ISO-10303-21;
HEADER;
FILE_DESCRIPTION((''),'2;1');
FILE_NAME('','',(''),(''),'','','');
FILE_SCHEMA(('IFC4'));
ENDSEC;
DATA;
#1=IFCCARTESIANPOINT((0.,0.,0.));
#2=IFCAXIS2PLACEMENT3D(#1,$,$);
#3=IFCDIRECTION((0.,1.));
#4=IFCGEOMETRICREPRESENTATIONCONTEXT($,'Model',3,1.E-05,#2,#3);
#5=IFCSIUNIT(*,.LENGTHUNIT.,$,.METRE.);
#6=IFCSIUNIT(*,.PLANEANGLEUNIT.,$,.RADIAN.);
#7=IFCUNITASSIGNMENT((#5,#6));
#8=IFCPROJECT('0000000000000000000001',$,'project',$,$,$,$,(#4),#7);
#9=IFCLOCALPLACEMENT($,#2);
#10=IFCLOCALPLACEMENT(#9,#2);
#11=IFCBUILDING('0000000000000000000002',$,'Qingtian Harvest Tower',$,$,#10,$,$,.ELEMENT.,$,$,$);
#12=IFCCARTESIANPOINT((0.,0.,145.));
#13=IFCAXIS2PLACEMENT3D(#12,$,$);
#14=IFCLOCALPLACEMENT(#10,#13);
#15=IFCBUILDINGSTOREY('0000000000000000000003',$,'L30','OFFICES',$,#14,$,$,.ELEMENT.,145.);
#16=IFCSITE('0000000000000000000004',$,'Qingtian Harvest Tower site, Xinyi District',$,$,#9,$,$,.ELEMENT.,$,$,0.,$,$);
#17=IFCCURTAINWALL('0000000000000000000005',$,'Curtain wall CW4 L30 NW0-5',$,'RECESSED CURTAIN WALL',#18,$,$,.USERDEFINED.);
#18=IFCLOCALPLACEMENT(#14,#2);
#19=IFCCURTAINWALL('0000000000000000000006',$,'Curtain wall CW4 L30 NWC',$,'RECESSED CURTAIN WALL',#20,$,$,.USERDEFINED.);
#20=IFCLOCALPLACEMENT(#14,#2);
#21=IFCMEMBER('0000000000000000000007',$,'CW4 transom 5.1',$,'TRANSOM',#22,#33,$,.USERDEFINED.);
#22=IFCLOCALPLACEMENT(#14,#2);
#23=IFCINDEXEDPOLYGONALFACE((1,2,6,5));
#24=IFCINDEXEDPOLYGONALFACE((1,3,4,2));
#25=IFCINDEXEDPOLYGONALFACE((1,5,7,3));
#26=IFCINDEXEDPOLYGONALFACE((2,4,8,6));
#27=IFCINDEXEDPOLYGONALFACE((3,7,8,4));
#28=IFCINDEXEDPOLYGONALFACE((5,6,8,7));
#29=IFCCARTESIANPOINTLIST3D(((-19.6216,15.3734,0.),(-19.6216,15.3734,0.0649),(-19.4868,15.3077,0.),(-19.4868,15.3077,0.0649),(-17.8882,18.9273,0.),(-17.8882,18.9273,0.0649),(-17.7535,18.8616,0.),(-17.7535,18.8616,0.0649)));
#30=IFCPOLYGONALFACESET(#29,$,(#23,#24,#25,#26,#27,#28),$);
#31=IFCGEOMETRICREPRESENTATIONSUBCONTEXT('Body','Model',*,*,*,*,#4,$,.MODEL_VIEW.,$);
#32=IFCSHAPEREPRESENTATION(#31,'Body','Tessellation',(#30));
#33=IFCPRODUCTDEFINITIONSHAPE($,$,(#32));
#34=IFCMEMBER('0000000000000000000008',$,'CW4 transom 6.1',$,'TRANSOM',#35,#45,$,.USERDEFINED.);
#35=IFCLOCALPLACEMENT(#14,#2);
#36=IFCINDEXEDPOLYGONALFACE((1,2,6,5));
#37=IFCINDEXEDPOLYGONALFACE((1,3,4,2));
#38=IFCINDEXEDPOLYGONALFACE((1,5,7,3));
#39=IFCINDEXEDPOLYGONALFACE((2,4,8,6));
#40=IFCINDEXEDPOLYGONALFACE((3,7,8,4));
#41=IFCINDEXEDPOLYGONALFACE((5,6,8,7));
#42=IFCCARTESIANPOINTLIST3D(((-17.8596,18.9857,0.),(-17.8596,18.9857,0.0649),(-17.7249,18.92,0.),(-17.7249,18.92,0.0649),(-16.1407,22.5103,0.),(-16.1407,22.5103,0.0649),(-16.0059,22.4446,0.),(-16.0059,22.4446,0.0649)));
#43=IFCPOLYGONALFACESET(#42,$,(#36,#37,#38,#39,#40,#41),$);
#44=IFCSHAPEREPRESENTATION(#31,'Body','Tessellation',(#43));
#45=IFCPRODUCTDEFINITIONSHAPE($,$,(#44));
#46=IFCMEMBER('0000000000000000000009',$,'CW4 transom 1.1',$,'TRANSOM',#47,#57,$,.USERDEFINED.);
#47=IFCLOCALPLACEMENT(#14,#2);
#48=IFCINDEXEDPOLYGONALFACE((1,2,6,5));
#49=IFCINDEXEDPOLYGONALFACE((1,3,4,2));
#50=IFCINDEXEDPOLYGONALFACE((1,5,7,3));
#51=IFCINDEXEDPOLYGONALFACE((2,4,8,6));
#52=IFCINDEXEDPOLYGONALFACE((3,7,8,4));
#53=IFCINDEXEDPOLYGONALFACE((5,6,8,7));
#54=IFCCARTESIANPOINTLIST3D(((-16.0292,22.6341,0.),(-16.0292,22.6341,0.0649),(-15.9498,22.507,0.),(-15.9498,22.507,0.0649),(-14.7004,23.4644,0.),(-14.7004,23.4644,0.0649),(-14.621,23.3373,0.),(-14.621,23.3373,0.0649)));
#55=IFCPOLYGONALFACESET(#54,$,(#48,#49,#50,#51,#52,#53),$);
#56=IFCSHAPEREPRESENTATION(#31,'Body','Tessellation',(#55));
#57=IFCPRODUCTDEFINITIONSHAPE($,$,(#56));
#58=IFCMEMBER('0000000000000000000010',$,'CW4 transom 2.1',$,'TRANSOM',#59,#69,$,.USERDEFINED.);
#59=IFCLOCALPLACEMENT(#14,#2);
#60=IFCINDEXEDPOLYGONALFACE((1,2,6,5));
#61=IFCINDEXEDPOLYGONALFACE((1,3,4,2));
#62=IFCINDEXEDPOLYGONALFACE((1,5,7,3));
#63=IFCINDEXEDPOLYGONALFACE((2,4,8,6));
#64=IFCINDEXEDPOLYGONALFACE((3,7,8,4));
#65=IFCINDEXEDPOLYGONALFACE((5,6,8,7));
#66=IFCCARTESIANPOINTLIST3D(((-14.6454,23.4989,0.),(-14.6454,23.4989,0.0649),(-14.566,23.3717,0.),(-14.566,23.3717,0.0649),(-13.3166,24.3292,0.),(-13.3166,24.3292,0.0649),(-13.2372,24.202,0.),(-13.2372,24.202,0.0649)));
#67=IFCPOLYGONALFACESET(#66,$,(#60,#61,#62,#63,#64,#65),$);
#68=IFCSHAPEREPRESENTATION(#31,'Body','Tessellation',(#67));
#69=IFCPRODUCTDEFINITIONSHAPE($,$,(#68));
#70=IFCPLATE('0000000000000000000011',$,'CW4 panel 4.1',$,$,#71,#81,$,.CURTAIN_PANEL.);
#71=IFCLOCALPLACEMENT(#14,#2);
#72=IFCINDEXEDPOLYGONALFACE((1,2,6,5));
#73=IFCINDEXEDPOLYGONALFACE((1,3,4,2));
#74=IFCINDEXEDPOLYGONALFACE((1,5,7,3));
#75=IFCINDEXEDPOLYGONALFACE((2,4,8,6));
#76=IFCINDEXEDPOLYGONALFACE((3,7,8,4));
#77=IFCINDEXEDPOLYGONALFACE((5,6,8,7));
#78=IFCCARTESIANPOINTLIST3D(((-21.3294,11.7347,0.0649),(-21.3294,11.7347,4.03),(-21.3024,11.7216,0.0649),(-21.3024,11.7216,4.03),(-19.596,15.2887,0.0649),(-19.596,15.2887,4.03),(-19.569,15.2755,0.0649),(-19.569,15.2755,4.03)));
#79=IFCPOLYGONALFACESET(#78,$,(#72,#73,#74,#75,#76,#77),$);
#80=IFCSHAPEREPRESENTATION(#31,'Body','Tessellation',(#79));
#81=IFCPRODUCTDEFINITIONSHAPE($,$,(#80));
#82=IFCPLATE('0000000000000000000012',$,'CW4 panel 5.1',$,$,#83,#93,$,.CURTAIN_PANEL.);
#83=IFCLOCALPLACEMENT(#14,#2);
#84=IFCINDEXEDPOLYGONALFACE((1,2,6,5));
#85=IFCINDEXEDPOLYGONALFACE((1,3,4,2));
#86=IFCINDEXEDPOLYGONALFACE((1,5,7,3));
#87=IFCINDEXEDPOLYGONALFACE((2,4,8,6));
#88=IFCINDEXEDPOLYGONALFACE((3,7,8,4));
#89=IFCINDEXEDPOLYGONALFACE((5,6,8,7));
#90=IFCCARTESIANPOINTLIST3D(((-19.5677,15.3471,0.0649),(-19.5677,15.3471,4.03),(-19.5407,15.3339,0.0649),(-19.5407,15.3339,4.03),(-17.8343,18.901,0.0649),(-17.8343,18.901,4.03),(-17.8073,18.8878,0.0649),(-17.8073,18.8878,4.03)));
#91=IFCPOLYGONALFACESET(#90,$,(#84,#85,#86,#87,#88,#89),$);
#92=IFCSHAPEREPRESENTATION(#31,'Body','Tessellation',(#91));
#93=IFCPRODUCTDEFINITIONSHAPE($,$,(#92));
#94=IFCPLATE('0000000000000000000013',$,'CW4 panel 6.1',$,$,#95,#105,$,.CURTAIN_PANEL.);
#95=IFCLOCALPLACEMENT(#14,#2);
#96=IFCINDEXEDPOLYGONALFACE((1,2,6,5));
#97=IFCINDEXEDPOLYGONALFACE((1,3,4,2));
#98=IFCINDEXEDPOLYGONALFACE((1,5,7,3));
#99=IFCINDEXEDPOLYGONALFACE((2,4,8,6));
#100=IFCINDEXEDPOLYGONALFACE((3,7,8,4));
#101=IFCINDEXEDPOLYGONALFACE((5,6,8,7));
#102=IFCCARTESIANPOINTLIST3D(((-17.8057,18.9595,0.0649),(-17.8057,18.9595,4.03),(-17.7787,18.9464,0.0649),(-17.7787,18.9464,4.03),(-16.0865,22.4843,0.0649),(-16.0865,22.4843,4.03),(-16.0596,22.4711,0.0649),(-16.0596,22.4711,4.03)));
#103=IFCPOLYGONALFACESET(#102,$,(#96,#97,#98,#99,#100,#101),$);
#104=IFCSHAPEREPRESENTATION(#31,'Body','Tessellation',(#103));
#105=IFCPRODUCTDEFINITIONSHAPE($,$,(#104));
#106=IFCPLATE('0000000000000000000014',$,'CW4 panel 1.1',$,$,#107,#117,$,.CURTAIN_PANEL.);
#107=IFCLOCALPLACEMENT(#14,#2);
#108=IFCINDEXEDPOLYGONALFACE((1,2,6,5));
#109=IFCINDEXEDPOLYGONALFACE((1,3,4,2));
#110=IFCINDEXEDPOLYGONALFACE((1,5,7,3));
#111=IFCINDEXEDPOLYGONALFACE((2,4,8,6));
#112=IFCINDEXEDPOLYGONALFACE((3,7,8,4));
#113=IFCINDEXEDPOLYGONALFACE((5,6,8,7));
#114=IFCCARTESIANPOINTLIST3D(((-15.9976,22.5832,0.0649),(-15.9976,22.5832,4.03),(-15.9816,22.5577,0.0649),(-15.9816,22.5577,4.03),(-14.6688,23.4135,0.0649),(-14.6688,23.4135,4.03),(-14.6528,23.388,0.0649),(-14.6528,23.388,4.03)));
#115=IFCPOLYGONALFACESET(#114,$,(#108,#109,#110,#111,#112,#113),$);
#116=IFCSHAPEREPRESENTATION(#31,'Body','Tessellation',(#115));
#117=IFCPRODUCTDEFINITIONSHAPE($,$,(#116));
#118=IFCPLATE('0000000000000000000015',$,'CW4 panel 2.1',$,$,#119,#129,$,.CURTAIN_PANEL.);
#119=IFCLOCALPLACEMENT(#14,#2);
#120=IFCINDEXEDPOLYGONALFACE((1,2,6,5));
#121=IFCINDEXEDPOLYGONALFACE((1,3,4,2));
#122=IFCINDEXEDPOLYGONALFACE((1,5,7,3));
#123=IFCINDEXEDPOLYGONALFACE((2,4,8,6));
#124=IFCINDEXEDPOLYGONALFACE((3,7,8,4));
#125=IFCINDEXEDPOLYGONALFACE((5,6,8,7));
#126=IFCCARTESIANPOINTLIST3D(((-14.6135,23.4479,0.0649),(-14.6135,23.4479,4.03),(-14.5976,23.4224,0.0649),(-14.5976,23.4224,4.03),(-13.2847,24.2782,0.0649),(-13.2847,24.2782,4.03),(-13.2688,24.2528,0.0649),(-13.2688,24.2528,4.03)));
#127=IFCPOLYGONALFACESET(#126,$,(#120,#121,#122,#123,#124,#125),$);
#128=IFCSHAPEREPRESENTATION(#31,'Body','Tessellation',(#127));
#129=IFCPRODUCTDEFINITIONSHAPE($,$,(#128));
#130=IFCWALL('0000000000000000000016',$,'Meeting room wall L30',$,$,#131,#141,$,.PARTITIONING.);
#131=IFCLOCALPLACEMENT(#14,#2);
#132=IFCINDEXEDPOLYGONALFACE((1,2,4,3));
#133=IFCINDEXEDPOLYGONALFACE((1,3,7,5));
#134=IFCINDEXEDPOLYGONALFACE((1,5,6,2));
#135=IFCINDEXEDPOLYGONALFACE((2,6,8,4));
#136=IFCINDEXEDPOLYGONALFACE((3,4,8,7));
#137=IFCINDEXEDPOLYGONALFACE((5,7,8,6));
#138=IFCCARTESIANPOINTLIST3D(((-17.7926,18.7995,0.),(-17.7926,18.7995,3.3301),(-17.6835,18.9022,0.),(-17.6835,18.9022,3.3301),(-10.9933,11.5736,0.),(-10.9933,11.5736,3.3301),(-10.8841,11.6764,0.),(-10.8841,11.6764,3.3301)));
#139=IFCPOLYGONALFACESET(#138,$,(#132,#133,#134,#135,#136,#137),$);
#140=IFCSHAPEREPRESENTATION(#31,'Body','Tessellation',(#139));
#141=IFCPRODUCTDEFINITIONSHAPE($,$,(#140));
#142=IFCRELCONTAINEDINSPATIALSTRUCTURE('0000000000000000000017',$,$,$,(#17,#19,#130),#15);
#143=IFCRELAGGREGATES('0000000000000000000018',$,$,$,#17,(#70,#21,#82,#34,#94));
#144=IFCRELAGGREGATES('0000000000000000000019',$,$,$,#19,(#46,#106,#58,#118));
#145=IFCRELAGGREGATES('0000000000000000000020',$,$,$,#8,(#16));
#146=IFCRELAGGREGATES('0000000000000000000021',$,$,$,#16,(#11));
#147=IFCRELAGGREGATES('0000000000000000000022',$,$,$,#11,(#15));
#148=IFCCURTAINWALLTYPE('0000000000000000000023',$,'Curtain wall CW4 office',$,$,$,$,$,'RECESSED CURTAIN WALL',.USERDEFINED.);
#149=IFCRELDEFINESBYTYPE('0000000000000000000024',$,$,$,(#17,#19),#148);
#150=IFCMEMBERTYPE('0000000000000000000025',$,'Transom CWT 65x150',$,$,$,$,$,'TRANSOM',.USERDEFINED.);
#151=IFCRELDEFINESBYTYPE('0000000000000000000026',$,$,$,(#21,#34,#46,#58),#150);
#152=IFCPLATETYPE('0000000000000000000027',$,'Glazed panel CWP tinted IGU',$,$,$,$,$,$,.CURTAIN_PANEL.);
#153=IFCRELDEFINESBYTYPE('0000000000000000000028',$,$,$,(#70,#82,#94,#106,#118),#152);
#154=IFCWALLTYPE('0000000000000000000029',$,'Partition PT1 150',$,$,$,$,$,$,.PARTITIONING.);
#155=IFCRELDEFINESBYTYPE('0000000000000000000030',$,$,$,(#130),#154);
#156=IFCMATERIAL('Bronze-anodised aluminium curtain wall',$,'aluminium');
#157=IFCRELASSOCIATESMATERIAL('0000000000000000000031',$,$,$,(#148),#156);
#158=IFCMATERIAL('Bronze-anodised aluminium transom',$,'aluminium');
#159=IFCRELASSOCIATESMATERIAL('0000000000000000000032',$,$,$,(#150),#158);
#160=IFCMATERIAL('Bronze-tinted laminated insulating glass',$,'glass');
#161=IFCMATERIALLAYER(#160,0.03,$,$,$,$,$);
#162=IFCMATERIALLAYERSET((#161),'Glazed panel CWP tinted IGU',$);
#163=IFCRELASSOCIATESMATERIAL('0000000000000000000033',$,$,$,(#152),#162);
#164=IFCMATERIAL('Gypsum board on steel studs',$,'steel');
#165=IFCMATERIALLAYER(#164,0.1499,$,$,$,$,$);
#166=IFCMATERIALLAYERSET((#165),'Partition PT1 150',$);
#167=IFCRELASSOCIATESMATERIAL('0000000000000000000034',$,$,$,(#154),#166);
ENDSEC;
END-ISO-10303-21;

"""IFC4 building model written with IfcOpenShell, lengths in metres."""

from ifc_helpers import new_model, si_unit, direction, frame, frame_2d, origin, origin_2d, place, context, subcontext, project, spatial, rectangle, extrude, material, layer, layer_set, material_profile, profile_set, type_object, element, aggregate, save


model = new_model("IFC4")

# Units and contexts
model_context = context("Model", 3, precision=1e-05, world=origin(), true_north=direction((0.0, 1.0)))
body_context = subcontext(model_context, "Body", "Model", "MODEL_VIEW")
ifc_project = project(units=[si_unit("LENGTHUNIT", "METRE"), si_unit("PLANEANGLEUNIT", "RADIAN")], contexts=[model_context])

# Site, building, storey
site_placement = place(None, origin())
site = spatial("IfcSite", under=ifc_project, at=site_placement, Name="Qingtian Harvest Tower site, Xinyi District", CompositionType="ELEMENT", RefElevation=0.0)
building_placement = place(site_placement, origin())
building = spatial("IfcBuilding", under=site, at=building_placement, Name="Qingtian Harvest Tower", CompositionType="ELEMENT")
storey_placement = place(building_placement, frame((0.0, 0.0, 145.0)))
storey = spatial("IfcBuildingStorey", under=building, at=storey_placement, Name="L30", Description="OFFICES", CompositionType="ELEMENT", Elevation=145.0)

# Curtain walls
ifc_material_1 = material(Name="Bronze-anodised aluminium curtain wall", Category="aluminium")
curtain_wall_type = type_object("IfcCurtainWallType", Name="Curtain wall CW4 office", ElementType="RECESSED CURTAIN WALL", PredefinedType="USERDEFINED", material=ifc_material_1)
curtain_wall_1_placement = place(storey_placement, origin())
curtain_wall_1 = element("IfcCurtainWall", 1, at=curtain_wall_1_placement, inside=storey, type_object=curtain_wall_type, Name="Curtain wall CW4 L30 NW0-5", ObjectType="RECESSED CURTAIN WALL", PredefinedType="USERDEFINED")
curtain_wall_2_placement = place(storey_placement, origin())
curtain_wall_2 = element("IfcCurtainWall", 2, at=curtain_wall_2_placement, inside=storey, type_object=curtain_wall_type, Name="Curtain wall CW4 L30 NWC", ObjectType="RECESSED CURTAIN WALL", PredefinedType="USERDEFINED")

# Members
ifc_material_2 = material(Name="Bronze-anodised aluminium transom", Category="aluminium")
ifc_material_profile_1 = material_profile(ifc_material_2, rectangle(XDim=0.1499, YDim=0.0649, at=origin_2d()), Name="AL 65x150")
ifc_profile_set_1 = profile_set([ifc_material_profile_1], Name="Bronze-anodised aluminium transom")
member_type_1 = type_object("IfcMemberType", Name="Transom CWT 65x150", ElementType="TRANSOM", PredefinedType="USERDEFINED", material=ifc_profile_set_1)
member_1_placement = place(storey_placement, frame((-19.5542, 15.3406, 0.0325), z_axis=(0.438375, 0.898792, 0.0), x_axis=(-0.898792, 0.438375, 0.0)))
member_1 = element("IfcMember", 3, at=member_1_placement, type_object=member_type_1, Name="CW4 transom 5.1", ObjectType="TRANSOM", PredefinedType="USERDEFINED", context=body_context, shape_type="SweptSolid", body=[
    extrude(rectangle(XDim=0.1499, YDim=0.0649, at=origin_2d()), origin(), (0.0, 0.0, 1.0), 3.9541),
])
member_2_placement = place(storey_placement, frame((-17.7922, 18.9529, 0.0325), z_axis=(0.438351, 0.898804, 0.0), x_axis=(-0.898804, 0.438351, 0.0)))
member_2 = element("IfcMember", 4, at=member_2_placement, type_object=member_type_1, Name="CW4 transom 6.1", ObjectType="TRANSOM", PredefinedType="USERDEFINED", context=body_context, shape_type="SweptSolid", body=[
    extrude(rectangle(XDim=0.1499, YDim=0.0649, at=origin_2d()), origin(), (0.0, 0.0, 1.0), 3.9214),
])
member_3_placement = place(storey_placement, frame((-15.9895, 22.5706, 0.0325), z_axis=(0.84806, 0.529901, 0.0), x_axis=(-0.529901, 0.84806, 0.0)))
member_3 = element("IfcMember", 5, at=member_3_placement, type_object=member_type_1, Name="CW4 transom 1.1", ObjectType="TRANSOM", PredefinedType="USERDEFINED", context=body_context, shape_type="SweptSolid", body=[
    extrude(rectangle(XDim=0.1499, YDim=0.0649, at=origin_2d()), origin(), (0.0, 0.0, 1.0), 1.5669),
])
member_4_placement = place(storey_placement, frame((-14.6057, 23.4353, 0.0325), z_axis=(0.84806, 0.529901, 0.0), x_axis=(-0.529901, 0.84806, 0.0)))
member_4 = element("IfcMember", 6, at=member_4_placement, type_object=member_type_1, Name="CW4 transom 2.1", ObjectType="TRANSOM", PredefinedType="USERDEFINED", context=body_context, shape_type="SweptSolid", body=[
    extrude(rectangle(XDim=0.1499, YDim=0.0649, at=origin_2d()), origin(), (0.0, 0.0, 1.0), 1.5669),
])

# Plates
ifc_material_3 = material(Name="Bronze-tinted laminated insulating glass", Category="glass")
ifc_layer_1 = layer(ifc_material_3, 0.03)
ifc_layer_set_1 = layer_set([ifc_layer_1], Name="Glazed panel CWP tinted IGU")
plate_type = type_object("IfcPlateType", Name="Glazed panel CWP tinted IGU", PredefinedType="CURTAIN_PANEL", material=ifc_layer_set_1)
plate_1_placement = place(storey_placement, frame((-20.4492, 13.5051, 0.0649), z_axis=(0.0, 0.0, 1.0), x_axis=(0.438371, 0.898794, 0.0)))
plate_1 = element("IfcPlate", 7, at=plate_1_placement, type_object=plate_type, Name="CW4 panel 4.1", PredefinedType="CURTAIN_PANEL", context=body_context, shape_type="SweptSolid", body=[
    extrude(rectangle(XDim=3.9541, YDim=0.03, at=origin_2d()), origin(), (0.0, 0.0, 1.0), 3.9651),
])
plate_2_placement = place(storey_placement, frame((-18.6875, 17.1174, 0.0649), z_axis=(0.0, 0.0, 1.0), x_axis=(0.438371, 0.898794, 0.0)))
plate_2 = element("IfcPlate", 8, at=plate_2_placement, type_object=plate_type, Name="CW4 panel 5.1", PredefinedType="CURTAIN_PANEL", context=body_context, shape_type="SweptSolid", body=[
    extrude(rectangle(XDim=3.9541, YDim=0.03, at=origin_2d()), origin(), (0.0, 0.0, 1.0), 3.9651),
])
plate_3_placement = place(storey_placement, frame((-16.9326, 20.7153, 0.0649), z_axis=(0.0, 0.0, 1.0), x_axis=(0.438371, 0.898794, 0.0)))
plate_3 = element("IfcPlate", 9, at=plate_3_placement, type_object=plate_type, Name="CW4 panel 6.1", PredefinedType="CURTAIN_PANEL", context=body_context, shape_type="SweptSolid", body=[
    extrude(rectangle(XDim=3.9216, YDim=0.03, at=origin_2d()), origin(), (0.0, 0.0, 1.0), 3.9651),
])
aggregate(curtain_wall_1, [plate_1, member_1, plate_2, member_2, plate_3])
plate_4_placement = place(storey_placement, frame((-15.3252, 22.9856, 0.0649), z_axis=(0.0, 0.0, 1.0), x_axis=(0.848048, 0.529919, 0.0)))
plate_4 = element("IfcPlate", 10, at=plate_4_placement, type_object=plate_type, Name="CW4 panel 1.1", PredefinedType="CURTAIN_PANEL", context=body_context, shape_type="SweptSolid", body=[
    extrude(rectangle(XDim=1.5669, YDim=0.03, at=origin_2d()), origin(), (0.0, 0.0, 1.0), 3.9651),
])
plate_5_placement = place(storey_placement, frame((-13.9412, 23.8503, 0.0649), z_axis=(0.0, 0.0, 1.0), x_axis=(0.848048, 0.529919, 0.0)))
plate_5 = element("IfcPlate", 11, at=plate_5_placement, type_object=plate_type, Name="CW4 panel 2.1", PredefinedType="CURTAIN_PANEL", context=body_context, shape_type="SweptSolid", body=[
    extrude(rectangle(XDim=1.5669, YDim=0.03, at=origin_2d()), origin(), (0.0, 0.0, 1.0), 3.9651),
])
aggregate(curtain_wall_2, [member_3, plate_4, member_4, plate_5])

# Wall
ifc_material_4 = material(Name="Gypsum board on steel studs", Category="steel")
ifc_layer_2 = layer(ifc_material_4, 0.1499)
ifc_layer_set_2 = layer_set([ifc_layer_2], Name="Partition PT1 150")
wall_type = type_object("IfcWallType", Name="Partition PT1 150", PredefinedType="PARTITIONING", material=ifc_layer_set_2)
wall_placement = place(storey_placement, frame((-17.738, 18.8508, 0.0), z_axis=(0.0, 0.0, 1.0), x_axis=(0.685286, -0.728274, 0.0)))
element("IfcWall", 12, at=wall_placement, inside=storey, type_object=wall_type, Name="Meeting room wall L30", PredefinedType="PARTITIONING", context=body_context, shape_type="SweptSolid", body=[
    extrude(rectangle(XDim=9.9219, YDim=0.1499, at=frame_2d((4.9609, 0.0))), origin(), (0.0, 0.0, 1.0), 3.3301),
])

save(model, "model.ifc")
